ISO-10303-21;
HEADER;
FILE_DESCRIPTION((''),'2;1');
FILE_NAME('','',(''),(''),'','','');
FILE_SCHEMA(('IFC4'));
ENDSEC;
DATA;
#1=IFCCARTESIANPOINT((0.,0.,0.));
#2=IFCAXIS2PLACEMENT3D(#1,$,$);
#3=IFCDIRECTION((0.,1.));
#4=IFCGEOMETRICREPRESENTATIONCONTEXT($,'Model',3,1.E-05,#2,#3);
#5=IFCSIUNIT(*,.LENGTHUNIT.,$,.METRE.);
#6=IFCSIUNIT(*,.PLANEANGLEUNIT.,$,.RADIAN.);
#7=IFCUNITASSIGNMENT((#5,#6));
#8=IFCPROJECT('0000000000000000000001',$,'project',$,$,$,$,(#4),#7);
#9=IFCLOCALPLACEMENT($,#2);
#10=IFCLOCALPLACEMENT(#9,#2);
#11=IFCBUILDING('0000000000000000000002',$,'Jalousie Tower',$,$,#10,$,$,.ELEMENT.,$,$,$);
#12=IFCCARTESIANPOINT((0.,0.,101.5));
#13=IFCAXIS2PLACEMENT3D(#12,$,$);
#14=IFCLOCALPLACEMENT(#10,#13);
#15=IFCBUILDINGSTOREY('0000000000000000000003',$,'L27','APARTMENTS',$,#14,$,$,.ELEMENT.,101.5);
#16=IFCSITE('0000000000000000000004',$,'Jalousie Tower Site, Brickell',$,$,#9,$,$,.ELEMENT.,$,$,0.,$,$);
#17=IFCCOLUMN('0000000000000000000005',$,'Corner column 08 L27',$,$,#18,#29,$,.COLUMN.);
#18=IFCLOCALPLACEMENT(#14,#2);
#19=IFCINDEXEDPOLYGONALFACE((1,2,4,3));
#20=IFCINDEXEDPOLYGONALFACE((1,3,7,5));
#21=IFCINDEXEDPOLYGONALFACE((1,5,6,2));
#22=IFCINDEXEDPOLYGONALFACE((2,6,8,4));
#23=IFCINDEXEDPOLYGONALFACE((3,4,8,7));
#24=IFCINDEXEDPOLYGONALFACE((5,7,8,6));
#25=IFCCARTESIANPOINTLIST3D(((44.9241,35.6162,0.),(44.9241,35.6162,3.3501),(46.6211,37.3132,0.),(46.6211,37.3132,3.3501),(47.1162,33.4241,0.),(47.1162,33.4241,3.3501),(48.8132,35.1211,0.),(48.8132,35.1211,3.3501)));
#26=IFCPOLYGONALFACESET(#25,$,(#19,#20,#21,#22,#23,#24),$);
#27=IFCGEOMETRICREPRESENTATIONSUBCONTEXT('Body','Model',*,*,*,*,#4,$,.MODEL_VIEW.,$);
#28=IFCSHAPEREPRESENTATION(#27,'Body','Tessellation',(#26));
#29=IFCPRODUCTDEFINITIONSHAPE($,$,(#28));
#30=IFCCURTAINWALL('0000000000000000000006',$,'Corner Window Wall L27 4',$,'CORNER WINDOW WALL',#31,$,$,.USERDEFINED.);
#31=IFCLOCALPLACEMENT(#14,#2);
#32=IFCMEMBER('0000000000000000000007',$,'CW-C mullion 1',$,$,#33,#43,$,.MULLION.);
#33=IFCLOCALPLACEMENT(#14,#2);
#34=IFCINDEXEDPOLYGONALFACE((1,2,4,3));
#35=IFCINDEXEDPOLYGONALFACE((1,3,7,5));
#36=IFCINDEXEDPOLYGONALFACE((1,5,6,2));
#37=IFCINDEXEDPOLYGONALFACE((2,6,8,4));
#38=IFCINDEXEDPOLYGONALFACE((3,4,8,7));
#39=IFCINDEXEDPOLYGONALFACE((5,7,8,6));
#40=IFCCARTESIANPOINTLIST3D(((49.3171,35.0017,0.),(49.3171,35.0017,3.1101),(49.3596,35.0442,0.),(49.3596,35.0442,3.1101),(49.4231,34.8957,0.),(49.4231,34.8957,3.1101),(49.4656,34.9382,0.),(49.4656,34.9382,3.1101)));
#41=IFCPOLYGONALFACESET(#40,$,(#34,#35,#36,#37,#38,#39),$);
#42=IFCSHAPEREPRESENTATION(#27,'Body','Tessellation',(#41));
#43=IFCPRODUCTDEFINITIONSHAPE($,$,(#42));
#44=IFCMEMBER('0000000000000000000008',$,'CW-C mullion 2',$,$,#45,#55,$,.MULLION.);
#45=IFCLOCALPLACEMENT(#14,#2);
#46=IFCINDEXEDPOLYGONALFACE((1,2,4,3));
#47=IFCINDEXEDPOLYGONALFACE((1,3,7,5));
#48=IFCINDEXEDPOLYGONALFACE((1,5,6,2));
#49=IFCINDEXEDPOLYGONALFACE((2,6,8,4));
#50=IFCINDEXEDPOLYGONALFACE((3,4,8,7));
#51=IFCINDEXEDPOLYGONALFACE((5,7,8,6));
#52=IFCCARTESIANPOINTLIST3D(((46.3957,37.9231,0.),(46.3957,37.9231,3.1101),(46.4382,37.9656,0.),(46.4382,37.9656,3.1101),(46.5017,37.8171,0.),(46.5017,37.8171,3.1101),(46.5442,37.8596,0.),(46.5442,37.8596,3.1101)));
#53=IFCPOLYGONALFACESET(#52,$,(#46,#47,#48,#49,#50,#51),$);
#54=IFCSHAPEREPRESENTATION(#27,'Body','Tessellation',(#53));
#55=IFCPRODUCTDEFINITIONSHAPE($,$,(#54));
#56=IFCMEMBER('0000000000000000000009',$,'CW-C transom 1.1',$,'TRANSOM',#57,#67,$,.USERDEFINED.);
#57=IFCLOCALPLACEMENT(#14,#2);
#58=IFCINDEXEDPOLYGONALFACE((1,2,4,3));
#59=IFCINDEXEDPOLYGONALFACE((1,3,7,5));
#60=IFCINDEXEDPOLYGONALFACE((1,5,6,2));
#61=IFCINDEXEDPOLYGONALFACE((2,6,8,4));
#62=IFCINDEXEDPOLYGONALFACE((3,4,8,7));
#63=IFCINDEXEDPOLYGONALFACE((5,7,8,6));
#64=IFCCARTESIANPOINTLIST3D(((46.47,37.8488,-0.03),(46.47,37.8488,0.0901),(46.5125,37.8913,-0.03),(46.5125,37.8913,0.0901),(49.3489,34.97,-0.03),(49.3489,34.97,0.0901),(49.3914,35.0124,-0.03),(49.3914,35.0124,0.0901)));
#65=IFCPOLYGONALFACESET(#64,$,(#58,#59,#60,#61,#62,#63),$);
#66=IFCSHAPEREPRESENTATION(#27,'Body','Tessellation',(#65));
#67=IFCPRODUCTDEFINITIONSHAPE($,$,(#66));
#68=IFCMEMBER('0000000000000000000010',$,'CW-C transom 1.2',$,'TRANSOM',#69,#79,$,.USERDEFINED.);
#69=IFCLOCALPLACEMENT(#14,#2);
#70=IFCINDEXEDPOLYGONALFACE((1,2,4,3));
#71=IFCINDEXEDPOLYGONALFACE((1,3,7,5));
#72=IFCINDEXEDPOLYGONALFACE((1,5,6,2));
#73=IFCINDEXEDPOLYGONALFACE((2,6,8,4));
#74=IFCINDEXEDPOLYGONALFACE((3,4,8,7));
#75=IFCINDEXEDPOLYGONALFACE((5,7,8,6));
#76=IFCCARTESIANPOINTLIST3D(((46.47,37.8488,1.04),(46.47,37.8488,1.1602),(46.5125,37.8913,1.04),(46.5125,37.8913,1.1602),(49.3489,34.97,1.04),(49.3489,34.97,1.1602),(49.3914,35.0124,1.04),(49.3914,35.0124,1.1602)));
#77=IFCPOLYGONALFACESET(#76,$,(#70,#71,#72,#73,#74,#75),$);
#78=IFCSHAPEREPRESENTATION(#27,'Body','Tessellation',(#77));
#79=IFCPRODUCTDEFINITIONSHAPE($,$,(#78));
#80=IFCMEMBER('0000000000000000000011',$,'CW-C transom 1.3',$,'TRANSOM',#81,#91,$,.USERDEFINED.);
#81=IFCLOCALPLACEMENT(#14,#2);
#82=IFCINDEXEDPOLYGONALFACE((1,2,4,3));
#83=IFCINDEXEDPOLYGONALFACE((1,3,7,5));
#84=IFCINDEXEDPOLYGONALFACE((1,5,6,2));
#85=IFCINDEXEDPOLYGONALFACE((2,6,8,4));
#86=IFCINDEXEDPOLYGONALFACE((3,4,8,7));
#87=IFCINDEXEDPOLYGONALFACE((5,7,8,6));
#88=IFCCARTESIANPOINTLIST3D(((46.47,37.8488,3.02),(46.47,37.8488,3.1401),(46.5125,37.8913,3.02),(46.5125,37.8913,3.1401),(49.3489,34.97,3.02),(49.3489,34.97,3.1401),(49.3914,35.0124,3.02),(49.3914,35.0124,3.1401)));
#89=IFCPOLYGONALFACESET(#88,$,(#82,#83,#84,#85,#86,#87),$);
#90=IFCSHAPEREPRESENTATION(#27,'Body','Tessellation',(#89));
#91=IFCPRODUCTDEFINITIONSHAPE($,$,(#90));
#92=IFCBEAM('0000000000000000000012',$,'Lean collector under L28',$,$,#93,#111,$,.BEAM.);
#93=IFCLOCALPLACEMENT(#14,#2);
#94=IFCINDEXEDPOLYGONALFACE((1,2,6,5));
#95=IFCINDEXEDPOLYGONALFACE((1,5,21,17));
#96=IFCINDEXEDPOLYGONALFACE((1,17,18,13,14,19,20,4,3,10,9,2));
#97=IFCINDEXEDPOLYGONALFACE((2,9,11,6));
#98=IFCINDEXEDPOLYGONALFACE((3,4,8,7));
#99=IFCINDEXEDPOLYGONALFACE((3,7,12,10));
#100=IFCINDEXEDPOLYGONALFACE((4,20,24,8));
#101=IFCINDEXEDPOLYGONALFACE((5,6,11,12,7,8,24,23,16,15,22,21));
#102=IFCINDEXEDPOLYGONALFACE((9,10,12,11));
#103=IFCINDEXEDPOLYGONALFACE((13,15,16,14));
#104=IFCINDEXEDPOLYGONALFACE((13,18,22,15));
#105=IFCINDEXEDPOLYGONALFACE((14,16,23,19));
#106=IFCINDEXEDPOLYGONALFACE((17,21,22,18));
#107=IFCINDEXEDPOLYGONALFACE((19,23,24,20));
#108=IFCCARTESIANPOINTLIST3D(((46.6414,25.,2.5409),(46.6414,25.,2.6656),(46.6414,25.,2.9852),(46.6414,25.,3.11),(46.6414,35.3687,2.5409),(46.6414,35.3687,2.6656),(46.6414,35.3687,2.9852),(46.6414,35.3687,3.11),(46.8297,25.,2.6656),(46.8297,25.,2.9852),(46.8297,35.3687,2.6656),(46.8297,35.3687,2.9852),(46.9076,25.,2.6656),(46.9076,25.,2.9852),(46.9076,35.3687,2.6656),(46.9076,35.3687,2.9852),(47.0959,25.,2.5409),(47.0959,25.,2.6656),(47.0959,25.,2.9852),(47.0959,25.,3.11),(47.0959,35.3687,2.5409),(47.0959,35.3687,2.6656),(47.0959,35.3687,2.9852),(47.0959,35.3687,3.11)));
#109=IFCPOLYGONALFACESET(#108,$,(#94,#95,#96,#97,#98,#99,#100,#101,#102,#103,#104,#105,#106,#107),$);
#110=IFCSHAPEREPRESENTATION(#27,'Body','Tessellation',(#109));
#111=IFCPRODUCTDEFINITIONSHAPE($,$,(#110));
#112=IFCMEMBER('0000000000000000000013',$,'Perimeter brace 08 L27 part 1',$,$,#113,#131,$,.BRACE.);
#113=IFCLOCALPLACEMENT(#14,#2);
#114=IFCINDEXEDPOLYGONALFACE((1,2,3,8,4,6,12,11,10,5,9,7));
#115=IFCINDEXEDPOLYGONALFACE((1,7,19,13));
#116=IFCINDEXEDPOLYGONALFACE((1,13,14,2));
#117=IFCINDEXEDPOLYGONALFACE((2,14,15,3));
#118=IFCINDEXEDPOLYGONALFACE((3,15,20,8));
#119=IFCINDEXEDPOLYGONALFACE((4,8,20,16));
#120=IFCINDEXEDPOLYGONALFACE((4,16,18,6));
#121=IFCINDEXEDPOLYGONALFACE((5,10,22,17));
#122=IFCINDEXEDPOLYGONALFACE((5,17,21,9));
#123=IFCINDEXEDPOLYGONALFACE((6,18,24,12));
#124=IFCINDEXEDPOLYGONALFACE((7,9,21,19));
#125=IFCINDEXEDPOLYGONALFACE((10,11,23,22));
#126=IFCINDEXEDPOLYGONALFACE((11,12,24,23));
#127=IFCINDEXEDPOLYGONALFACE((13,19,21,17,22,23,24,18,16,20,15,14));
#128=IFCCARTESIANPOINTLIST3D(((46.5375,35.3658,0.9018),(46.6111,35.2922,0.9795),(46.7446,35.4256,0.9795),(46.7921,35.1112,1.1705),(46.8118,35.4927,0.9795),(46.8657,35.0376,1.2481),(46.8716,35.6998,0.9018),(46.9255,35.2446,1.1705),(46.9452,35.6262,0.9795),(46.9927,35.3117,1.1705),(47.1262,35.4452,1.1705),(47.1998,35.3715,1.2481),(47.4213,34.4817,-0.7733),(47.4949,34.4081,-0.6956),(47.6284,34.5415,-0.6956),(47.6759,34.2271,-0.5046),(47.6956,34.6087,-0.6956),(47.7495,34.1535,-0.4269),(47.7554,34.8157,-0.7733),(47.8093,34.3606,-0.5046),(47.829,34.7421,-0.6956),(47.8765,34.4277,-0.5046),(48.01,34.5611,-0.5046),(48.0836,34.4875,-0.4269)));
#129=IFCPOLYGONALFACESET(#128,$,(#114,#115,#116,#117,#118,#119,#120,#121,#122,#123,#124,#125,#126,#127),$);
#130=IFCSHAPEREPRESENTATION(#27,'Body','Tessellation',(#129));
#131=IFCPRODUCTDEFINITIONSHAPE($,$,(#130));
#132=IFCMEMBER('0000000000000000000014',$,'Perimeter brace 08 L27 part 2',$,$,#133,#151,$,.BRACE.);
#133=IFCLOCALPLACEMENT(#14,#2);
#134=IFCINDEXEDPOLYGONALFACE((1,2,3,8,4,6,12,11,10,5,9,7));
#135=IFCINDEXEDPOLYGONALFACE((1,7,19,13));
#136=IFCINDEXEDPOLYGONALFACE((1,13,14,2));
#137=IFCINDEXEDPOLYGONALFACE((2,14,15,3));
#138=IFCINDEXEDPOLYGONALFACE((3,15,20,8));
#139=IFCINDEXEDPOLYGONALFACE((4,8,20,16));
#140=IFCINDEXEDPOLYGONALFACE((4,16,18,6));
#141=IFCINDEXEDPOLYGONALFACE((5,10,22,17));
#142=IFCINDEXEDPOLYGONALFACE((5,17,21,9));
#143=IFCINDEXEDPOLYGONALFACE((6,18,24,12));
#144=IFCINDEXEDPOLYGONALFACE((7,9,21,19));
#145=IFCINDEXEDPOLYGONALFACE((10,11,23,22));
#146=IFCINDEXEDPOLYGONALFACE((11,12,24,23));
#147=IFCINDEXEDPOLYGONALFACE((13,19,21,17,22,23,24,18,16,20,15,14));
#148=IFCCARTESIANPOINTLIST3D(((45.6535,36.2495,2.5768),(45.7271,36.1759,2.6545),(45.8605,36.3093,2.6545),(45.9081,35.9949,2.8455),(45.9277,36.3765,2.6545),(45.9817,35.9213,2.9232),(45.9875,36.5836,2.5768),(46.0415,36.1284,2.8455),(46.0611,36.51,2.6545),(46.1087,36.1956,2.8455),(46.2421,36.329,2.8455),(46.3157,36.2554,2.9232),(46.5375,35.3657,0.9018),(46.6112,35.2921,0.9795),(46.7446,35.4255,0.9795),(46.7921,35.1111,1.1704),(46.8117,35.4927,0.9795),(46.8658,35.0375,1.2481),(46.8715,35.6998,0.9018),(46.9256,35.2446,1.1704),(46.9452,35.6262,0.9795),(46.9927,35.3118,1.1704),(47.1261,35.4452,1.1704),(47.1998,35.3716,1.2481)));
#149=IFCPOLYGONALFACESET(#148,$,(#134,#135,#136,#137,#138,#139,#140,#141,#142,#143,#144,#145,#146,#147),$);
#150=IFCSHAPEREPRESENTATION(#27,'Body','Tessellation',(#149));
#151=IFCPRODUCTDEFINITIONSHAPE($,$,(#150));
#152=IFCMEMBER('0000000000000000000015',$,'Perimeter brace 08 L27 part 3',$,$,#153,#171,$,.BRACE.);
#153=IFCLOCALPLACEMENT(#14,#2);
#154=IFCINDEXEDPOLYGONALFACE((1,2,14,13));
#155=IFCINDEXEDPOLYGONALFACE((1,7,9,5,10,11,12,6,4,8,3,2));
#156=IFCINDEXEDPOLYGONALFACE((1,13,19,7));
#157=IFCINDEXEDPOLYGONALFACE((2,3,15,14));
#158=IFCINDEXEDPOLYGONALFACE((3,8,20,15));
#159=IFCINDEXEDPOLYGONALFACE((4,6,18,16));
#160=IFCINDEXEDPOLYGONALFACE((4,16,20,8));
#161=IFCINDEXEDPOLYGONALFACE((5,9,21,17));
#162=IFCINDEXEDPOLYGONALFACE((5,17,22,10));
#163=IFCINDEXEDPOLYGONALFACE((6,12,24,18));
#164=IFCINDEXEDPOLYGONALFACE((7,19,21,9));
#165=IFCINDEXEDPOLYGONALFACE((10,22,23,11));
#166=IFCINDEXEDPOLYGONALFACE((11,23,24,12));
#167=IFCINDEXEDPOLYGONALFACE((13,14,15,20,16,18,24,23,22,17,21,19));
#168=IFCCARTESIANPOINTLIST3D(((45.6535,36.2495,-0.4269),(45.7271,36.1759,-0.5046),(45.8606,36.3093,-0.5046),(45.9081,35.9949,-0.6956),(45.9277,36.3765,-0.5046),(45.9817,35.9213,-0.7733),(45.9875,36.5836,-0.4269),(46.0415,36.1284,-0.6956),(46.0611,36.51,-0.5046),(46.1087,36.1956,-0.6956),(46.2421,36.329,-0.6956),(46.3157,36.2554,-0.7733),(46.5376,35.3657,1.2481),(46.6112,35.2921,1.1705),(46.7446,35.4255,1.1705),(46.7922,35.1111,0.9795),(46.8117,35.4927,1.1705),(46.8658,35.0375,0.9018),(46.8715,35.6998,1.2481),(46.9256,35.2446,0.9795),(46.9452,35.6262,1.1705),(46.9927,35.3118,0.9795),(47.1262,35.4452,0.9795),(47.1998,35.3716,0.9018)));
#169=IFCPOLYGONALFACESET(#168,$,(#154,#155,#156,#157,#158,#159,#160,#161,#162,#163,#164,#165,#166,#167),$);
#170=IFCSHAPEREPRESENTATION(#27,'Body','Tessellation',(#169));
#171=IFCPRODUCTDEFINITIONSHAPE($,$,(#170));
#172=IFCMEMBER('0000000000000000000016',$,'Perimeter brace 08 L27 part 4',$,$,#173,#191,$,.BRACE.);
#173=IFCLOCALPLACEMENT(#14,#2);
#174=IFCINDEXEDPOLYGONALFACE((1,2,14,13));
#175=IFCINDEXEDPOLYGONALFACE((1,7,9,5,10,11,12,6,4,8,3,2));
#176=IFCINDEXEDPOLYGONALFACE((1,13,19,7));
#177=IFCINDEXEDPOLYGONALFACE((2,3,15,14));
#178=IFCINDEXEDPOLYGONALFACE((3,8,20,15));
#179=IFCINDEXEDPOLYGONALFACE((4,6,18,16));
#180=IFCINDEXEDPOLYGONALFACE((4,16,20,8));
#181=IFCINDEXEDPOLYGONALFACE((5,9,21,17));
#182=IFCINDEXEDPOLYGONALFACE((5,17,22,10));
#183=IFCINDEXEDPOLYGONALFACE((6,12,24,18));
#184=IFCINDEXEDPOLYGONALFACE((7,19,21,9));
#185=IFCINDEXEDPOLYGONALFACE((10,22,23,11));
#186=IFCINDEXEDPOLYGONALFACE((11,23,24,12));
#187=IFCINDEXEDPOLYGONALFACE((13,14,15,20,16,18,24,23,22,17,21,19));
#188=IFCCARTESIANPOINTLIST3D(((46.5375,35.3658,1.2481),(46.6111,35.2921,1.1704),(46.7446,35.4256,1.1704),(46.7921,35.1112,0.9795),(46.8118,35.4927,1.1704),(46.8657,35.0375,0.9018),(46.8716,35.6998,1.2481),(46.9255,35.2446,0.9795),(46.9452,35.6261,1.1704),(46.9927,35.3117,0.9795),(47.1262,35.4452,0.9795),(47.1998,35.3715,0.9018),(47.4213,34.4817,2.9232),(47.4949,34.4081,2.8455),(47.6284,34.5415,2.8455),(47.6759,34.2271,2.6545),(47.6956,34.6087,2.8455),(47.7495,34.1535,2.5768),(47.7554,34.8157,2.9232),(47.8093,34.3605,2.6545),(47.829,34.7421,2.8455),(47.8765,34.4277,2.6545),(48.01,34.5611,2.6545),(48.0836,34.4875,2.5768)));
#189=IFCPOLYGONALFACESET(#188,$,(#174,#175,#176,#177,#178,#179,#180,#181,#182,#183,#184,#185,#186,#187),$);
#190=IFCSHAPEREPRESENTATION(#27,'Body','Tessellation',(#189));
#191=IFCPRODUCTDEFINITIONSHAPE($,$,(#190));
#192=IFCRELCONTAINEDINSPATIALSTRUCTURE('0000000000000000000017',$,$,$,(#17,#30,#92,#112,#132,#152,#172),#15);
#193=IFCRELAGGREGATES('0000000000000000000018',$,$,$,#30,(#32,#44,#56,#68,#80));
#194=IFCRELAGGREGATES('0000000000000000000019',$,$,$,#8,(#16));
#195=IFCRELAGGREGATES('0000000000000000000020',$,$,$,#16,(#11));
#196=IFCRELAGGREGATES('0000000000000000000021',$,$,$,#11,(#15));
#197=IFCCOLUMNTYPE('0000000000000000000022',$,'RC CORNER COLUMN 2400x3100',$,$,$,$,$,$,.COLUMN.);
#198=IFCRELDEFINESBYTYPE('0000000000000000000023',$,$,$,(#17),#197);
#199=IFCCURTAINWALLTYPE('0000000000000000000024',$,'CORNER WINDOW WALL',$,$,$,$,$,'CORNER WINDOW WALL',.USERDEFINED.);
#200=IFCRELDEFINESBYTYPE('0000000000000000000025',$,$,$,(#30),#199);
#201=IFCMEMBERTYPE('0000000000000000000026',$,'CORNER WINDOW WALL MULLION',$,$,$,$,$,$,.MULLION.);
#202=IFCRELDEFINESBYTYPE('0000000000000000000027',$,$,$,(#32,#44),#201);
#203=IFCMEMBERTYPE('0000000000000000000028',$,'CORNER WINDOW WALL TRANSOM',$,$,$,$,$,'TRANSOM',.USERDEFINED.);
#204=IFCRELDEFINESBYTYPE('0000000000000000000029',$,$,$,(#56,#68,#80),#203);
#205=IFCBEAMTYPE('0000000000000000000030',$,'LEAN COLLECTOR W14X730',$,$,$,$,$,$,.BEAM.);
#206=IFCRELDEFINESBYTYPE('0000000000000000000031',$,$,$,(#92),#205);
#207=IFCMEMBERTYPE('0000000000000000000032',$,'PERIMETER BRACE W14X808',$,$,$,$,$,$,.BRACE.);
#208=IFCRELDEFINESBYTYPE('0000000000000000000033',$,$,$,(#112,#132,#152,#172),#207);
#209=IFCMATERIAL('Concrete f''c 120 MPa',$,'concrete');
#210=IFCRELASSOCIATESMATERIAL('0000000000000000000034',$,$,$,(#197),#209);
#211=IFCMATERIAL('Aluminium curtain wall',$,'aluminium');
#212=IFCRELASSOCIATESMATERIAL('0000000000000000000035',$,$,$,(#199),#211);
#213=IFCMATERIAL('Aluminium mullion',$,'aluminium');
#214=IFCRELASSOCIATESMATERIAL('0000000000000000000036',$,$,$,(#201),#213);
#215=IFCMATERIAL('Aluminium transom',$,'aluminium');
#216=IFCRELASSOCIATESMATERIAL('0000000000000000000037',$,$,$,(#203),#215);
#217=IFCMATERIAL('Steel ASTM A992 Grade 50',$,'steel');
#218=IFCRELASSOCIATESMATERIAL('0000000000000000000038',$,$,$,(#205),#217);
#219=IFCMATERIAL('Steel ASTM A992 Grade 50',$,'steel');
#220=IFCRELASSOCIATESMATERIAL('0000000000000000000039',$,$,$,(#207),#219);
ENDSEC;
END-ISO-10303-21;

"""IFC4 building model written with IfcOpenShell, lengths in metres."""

from ifc_helpers import new_model, si_unit, direction, frame, origin, origin_2d, place, context, subcontext, project, spatial, rectangle, i_section, extrude, material, material_profile, profile_set, type_object, element, aggregate, save


model = new_model("IFC4")

# Units and contexts
model_context = context("Model", 3, precision=1e-05, world=origin(), true_north=direction((0.0, 1.0)))
body_context = subcontext(model_context, "Body", "Model", "MODEL_VIEW")
ifc_project = project(units=[si_unit("LENGTHUNIT", "METRE"), si_unit("PLANEANGLEUNIT", "RADIAN")], contexts=[model_context])

# Site, building, storey
site_placement = place(None, origin())
site = spatial("IfcSite", under=ifc_project, at=site_placement, Name="Jalousie Tower Site, Brickell", CompositionType="ELEMENT", RefElevation=0.0)
building_placement = place(site_placement, origin())
building = spatial("IfcBuilding", under=site, at=building_placement, Name="Jalousie Tower", CompositionType="ELEMENT")
storey_placement = place(building_placement, frame((0.0, 0.0, 101.5)))
storey = spatial("IfcBuildingStorey", under=building, at=storey_placement, Name="L27", Description="APARTMENTS", CompositionType="ELEMENT", Elevation=101.5)

# Column
ifc_material_1 = material(Name="Concrete f'c 120 MPa", Category="concrete")
ifc_material_profile_1 = material_profile(ifc_material_1, rectangle(XDim=2.3999, YDim=3.1001, at=origin_2d()), Name="RC 2400x3100")
ifc_profile_set_1 = profile_set([ifc_material_profile_1], Name="Concrete f'c 120 MPa")
column_type = type_object("IfcColumnType", Name="RC CORNER COLUMN 2400x3100", PredefinedType="COLUMN", material=ifc_profile_set_1)
column_placement = place(storey_placement, frame((46.8687, 35.3687, 0.0), z_axis=(0.0, 0.0, 1.0), x_axis=(-0.707107, -0.707107, 0.0)))
element("IfcColumn", 1, at=column_placement, inside=storey, type_object=column_type, Name="Corner column 08 L27", PredefinedType="COLUMN", context=body_context, shape_type="SweptSolid", body=[
    extrude(rectangle(XDim=2.3999, YDim=3.1001, at=origin_2d()), origin(), (0.0, 0.0, 1.0), 3.3501),
])

# Curtain wall, members
ifc_material_2 = material(Name="Aluminium curtain wall", Category="aluminium")
curtain_wall_type_1 = type_object("IfcCurtainWallType", Name="CORNER WINDOW WALL", ElementType="CORNER WINDOW WALL", PredefinedType="USERDEFINED", material=ifc_material_2)
curtain_wall_1_placement = place(storey_placement, origin())
curtain_wall_1 = element("IfcCurtainWall", 2, at=curtain_wall_1_placement, inside=storey, type_object=curtain_wall_type_1, Name="Corner Window Wall L27 4", ObjectType="CORNER WINDOW WALL", PredefinedType="USERDEFINED")
ifc_material_3 = material(Name="Aluminium mullion", Category="aluminium")
ifc_material_profile_2 = material_profile(ifc_material_3, rectangle(XDim=0.0601, YDim=0.1499, at=origin_2d()), Name="MULLION 60x150")
ifc_profile_set_2 = profile_set([ifc_material_profile_2], Name="Aluminium mullion")
member_type_1 = type_object("IfcMemberType", Name="CORNER WINDOW WALL MULLION", PredefinedType="MULLION", material=ifc_profile_set_2)
member_1_placement = place(storey_placement, frame((49.3914, 34.97, 0.0), z_axis=(0.0, 0.0, 1.0), x_axis=(-0.707107, -0.707107, 0.0)))
member_1 = element("IfcMember", 3, at=member_1_placement, type_object=member_type_1, Name="CW-C mullion 1", PredefinedType="MULLION", context=body_context, shape_type="SweptSolid", body=[
    extrude(rectangle(XDim=0.0601, YDim=0.1499, at=origin_2d()), origin(), (0.0, 0.0, 1.0), 3.1101),
])
member_2_placement = place(storey_placement, frame((46.47, 37.8914, 0.0), z_axis=(0.0, 0.0, 1.0), x_axis=(-0.707107, -0.707107, 0.0)))
member_2 = element("IfcMember", 4, at=member_2_placement, type_object=member_type_1, Name="CW-C mullion 2", PredefinedType="MULLION", context=body_context, shape_type="SweptSolid", body=[
    extrude(rectangle(XDim=0.0601, YDim=0.1499, at=origin_2d()), origin(), (0.0, 0.0, 1.0), 3.1101),
])
ifc_material_4 = material(Name="Aluminium transom", Category="aluminium")
ifc_material_profile_3 = material_profile(ifc_material_4, rectangle(XDim=0.0601, YDim=0.1201, at=origin_2d()), Name="TRANSOM 60x120")
ifc_profile_set_3 = profile_set([ifc_material_profile_3], Name="Aluminium transom")
member_type_2 = type_object("IfcMemberType", Name="CORNER WINDOW WALL TRANSOM", ElementType="TRANSOM", PredefinedType="USERDEFINED", material=ifc_profile_set_3)
member_3_placement = place(storey_placement, frame((49.3701, 34.9912, 0.03), z_axis=(-0.707107, 0.707107, 0.0), x_axis=(-0.707107, -0.707107, 0.0)))
member_3 = element("IfcMember", 5, at=member_3_placement, type_object=member_type_2, Name="CW-C transom 1.1", ObjectType="TRANSOM", PredefinedType="USERDEFINED", context=body_context, shape_type="SweptSolid", body=[
    extrude(rectangle(XDim=0.0601, YDim=0.1201, at=origin_2d()), origin(), (0.0, 0.0, 1.0), 4.0713),
])
member_4_placement = place(storey_placement, frame((49.3701, 34.9912, 1.1001), z_axis=(-0.707107, 0.707107, 0.0), x_axis=(-0.707107, -0.707107, 0.0)))
member_4 = element("IfcMember", 6, at=member_4_placement, type_object=member_type_2, Name="CW-C transom 1.2", ObjectType="TRANSOM", PredefinedType="USERDEFINED", context=body_context, shape_type="SweptSolid", body=[
    extrude(rectangle(XDim=0.0601, YDim=0.1201, at=origin_2d()), origin(), (0.0, 0.0, 1.0), 4.0713),
])
member_5_placement = place(storey_placement, frame((49.3701, 34.9912, 3.0801), z_axis=(-0.707107, 0.707107, 0.0), x_axis=(-0.707107, -0.707107, 0.0)))
member_5 = element("IfcMember", 7, at=member_5_placement, type_object=member_type_2, Name="CW-C transom 1.3", ObjectType="TRANSOM", PredefinedType="USERDEFINED", context=body_context, shape_type="SweptSolid", body=[
    extrude(rectangle(XDim=0.0601, YDim=0.1201, at=origin_2d()), origin(), (0.0, 0.0, 1.0), 4.0713),
])

# Beam
ifc_material_5 = material(Name="Steel ASTM A992 Grade 50", Category="steel")
ifc_material_profile_4 = material_profile(ifc_material_5, i_section(OverallWidth=0.4546, OverallDepth=0.5691, WebThickness=0.0779, FlangeThickness=0.1248, at=origin_2d()), Name="W14X730")
ifc_profile_set_4 = profile_set([ifc_material_profile_4], Name="Steel ASTM A992 Grade 50")
beam_type_1 = type_object("IfcBeamType", Name="LEAN COLLECTOR W14X730", PredefinedType="BEAM", material=ifc_profile_set_4)
beam_1_placement = place(storey_placement, frame((46.8687, 35.3687, 2.8254), z_axis=(0.0, -1.0, 0.0), x_axis=(1.0, 0.0, 0.0)))
element("IfcBeam", 8, at=beam_1_placement, inside=storey, type_object=beam_type_1, Name="Lean collector under L28", PredefinedType="BEAM", context=body_context, shape_type="SweptSolid", body=[
    extrude(i_section(OverallWidth=0.4546, OverallDepth=0.5691, WebThickness=0.0779, FlangeThickness=0.1248, at=origin_2d()), origin(), (0.0, 0.0, 1.0), 10.3687),
])

# Members
ifc_material_6 = material(Name="Steel ASTM A992 Grade 50", Category="steel")
ifc_material_profile_5 = material_profile(ifc_material_6, i_section(OverallWidth=0.4724, OverallDepth=0.5791, WebThickness=0.095, FlangeThickness=0.1299, at=origin_2d()), Name="W14X808")
ifc_profile_set_5 = profile_set([ifc_material_profile_5], Name="Steel ASTM A992 Grade 50")
member_type_3 = type_object("IfcMemberType", Name="PERIMETER BRACE W14X808", PredefinedType="BRACE", material=ifc_profile_set_5)
for number, where, z_axis, x_axis, name in (
    (9, (47.7524, 34.4846, -0.6001), (-0.422852, 0.422969, 0.801432), (-0.707204, -0.707009, 0.0), "Perimeter brace 08 L27 part 1"),
    (10, (46.8687, 35.3687, 1.075), (-0.422969, 0.422852, 0.801432), (-0.707009, -0.707204, 0.0), "Perimeter brace 08 L27 part 2"),
    (11, (45.9846, 36.2524, -0.6001), (0.422969, -0.422852, 0.801432), (0.707009, 0.707204, 0.0), "Perimeter brace 08 L27 part 3"),
    (12, (46.8687, 35.3687, 1.075), (0.422852, -0.422969, 0.801432), (0.707204, 0.707009, 0.0), "Perimeter brace 08 L27 part 4"),
):
    element("IfcMember", number, at=place(storey_placement, frame(where, z_axis=z_axis, x_axis=x_axis)), inside=storey, type_object=member_type_3, Name=name, PredefinedType="BRACE", context=body_context, shape_type="SweptSolid", body=[
        extrude(i_section(OverallWidth=0.4724, OverallDepth=0.5791, WebThickness=0.095, FlangeThickness=0.1299, at=origin_2d()), origin(), (0.0, 0.0, 1.0), 2.0901),
    ])

aggregate(curtain_wall_1, [member_1, member_2, member_3, member_4, member_5])

save(model, "model.ifc")
